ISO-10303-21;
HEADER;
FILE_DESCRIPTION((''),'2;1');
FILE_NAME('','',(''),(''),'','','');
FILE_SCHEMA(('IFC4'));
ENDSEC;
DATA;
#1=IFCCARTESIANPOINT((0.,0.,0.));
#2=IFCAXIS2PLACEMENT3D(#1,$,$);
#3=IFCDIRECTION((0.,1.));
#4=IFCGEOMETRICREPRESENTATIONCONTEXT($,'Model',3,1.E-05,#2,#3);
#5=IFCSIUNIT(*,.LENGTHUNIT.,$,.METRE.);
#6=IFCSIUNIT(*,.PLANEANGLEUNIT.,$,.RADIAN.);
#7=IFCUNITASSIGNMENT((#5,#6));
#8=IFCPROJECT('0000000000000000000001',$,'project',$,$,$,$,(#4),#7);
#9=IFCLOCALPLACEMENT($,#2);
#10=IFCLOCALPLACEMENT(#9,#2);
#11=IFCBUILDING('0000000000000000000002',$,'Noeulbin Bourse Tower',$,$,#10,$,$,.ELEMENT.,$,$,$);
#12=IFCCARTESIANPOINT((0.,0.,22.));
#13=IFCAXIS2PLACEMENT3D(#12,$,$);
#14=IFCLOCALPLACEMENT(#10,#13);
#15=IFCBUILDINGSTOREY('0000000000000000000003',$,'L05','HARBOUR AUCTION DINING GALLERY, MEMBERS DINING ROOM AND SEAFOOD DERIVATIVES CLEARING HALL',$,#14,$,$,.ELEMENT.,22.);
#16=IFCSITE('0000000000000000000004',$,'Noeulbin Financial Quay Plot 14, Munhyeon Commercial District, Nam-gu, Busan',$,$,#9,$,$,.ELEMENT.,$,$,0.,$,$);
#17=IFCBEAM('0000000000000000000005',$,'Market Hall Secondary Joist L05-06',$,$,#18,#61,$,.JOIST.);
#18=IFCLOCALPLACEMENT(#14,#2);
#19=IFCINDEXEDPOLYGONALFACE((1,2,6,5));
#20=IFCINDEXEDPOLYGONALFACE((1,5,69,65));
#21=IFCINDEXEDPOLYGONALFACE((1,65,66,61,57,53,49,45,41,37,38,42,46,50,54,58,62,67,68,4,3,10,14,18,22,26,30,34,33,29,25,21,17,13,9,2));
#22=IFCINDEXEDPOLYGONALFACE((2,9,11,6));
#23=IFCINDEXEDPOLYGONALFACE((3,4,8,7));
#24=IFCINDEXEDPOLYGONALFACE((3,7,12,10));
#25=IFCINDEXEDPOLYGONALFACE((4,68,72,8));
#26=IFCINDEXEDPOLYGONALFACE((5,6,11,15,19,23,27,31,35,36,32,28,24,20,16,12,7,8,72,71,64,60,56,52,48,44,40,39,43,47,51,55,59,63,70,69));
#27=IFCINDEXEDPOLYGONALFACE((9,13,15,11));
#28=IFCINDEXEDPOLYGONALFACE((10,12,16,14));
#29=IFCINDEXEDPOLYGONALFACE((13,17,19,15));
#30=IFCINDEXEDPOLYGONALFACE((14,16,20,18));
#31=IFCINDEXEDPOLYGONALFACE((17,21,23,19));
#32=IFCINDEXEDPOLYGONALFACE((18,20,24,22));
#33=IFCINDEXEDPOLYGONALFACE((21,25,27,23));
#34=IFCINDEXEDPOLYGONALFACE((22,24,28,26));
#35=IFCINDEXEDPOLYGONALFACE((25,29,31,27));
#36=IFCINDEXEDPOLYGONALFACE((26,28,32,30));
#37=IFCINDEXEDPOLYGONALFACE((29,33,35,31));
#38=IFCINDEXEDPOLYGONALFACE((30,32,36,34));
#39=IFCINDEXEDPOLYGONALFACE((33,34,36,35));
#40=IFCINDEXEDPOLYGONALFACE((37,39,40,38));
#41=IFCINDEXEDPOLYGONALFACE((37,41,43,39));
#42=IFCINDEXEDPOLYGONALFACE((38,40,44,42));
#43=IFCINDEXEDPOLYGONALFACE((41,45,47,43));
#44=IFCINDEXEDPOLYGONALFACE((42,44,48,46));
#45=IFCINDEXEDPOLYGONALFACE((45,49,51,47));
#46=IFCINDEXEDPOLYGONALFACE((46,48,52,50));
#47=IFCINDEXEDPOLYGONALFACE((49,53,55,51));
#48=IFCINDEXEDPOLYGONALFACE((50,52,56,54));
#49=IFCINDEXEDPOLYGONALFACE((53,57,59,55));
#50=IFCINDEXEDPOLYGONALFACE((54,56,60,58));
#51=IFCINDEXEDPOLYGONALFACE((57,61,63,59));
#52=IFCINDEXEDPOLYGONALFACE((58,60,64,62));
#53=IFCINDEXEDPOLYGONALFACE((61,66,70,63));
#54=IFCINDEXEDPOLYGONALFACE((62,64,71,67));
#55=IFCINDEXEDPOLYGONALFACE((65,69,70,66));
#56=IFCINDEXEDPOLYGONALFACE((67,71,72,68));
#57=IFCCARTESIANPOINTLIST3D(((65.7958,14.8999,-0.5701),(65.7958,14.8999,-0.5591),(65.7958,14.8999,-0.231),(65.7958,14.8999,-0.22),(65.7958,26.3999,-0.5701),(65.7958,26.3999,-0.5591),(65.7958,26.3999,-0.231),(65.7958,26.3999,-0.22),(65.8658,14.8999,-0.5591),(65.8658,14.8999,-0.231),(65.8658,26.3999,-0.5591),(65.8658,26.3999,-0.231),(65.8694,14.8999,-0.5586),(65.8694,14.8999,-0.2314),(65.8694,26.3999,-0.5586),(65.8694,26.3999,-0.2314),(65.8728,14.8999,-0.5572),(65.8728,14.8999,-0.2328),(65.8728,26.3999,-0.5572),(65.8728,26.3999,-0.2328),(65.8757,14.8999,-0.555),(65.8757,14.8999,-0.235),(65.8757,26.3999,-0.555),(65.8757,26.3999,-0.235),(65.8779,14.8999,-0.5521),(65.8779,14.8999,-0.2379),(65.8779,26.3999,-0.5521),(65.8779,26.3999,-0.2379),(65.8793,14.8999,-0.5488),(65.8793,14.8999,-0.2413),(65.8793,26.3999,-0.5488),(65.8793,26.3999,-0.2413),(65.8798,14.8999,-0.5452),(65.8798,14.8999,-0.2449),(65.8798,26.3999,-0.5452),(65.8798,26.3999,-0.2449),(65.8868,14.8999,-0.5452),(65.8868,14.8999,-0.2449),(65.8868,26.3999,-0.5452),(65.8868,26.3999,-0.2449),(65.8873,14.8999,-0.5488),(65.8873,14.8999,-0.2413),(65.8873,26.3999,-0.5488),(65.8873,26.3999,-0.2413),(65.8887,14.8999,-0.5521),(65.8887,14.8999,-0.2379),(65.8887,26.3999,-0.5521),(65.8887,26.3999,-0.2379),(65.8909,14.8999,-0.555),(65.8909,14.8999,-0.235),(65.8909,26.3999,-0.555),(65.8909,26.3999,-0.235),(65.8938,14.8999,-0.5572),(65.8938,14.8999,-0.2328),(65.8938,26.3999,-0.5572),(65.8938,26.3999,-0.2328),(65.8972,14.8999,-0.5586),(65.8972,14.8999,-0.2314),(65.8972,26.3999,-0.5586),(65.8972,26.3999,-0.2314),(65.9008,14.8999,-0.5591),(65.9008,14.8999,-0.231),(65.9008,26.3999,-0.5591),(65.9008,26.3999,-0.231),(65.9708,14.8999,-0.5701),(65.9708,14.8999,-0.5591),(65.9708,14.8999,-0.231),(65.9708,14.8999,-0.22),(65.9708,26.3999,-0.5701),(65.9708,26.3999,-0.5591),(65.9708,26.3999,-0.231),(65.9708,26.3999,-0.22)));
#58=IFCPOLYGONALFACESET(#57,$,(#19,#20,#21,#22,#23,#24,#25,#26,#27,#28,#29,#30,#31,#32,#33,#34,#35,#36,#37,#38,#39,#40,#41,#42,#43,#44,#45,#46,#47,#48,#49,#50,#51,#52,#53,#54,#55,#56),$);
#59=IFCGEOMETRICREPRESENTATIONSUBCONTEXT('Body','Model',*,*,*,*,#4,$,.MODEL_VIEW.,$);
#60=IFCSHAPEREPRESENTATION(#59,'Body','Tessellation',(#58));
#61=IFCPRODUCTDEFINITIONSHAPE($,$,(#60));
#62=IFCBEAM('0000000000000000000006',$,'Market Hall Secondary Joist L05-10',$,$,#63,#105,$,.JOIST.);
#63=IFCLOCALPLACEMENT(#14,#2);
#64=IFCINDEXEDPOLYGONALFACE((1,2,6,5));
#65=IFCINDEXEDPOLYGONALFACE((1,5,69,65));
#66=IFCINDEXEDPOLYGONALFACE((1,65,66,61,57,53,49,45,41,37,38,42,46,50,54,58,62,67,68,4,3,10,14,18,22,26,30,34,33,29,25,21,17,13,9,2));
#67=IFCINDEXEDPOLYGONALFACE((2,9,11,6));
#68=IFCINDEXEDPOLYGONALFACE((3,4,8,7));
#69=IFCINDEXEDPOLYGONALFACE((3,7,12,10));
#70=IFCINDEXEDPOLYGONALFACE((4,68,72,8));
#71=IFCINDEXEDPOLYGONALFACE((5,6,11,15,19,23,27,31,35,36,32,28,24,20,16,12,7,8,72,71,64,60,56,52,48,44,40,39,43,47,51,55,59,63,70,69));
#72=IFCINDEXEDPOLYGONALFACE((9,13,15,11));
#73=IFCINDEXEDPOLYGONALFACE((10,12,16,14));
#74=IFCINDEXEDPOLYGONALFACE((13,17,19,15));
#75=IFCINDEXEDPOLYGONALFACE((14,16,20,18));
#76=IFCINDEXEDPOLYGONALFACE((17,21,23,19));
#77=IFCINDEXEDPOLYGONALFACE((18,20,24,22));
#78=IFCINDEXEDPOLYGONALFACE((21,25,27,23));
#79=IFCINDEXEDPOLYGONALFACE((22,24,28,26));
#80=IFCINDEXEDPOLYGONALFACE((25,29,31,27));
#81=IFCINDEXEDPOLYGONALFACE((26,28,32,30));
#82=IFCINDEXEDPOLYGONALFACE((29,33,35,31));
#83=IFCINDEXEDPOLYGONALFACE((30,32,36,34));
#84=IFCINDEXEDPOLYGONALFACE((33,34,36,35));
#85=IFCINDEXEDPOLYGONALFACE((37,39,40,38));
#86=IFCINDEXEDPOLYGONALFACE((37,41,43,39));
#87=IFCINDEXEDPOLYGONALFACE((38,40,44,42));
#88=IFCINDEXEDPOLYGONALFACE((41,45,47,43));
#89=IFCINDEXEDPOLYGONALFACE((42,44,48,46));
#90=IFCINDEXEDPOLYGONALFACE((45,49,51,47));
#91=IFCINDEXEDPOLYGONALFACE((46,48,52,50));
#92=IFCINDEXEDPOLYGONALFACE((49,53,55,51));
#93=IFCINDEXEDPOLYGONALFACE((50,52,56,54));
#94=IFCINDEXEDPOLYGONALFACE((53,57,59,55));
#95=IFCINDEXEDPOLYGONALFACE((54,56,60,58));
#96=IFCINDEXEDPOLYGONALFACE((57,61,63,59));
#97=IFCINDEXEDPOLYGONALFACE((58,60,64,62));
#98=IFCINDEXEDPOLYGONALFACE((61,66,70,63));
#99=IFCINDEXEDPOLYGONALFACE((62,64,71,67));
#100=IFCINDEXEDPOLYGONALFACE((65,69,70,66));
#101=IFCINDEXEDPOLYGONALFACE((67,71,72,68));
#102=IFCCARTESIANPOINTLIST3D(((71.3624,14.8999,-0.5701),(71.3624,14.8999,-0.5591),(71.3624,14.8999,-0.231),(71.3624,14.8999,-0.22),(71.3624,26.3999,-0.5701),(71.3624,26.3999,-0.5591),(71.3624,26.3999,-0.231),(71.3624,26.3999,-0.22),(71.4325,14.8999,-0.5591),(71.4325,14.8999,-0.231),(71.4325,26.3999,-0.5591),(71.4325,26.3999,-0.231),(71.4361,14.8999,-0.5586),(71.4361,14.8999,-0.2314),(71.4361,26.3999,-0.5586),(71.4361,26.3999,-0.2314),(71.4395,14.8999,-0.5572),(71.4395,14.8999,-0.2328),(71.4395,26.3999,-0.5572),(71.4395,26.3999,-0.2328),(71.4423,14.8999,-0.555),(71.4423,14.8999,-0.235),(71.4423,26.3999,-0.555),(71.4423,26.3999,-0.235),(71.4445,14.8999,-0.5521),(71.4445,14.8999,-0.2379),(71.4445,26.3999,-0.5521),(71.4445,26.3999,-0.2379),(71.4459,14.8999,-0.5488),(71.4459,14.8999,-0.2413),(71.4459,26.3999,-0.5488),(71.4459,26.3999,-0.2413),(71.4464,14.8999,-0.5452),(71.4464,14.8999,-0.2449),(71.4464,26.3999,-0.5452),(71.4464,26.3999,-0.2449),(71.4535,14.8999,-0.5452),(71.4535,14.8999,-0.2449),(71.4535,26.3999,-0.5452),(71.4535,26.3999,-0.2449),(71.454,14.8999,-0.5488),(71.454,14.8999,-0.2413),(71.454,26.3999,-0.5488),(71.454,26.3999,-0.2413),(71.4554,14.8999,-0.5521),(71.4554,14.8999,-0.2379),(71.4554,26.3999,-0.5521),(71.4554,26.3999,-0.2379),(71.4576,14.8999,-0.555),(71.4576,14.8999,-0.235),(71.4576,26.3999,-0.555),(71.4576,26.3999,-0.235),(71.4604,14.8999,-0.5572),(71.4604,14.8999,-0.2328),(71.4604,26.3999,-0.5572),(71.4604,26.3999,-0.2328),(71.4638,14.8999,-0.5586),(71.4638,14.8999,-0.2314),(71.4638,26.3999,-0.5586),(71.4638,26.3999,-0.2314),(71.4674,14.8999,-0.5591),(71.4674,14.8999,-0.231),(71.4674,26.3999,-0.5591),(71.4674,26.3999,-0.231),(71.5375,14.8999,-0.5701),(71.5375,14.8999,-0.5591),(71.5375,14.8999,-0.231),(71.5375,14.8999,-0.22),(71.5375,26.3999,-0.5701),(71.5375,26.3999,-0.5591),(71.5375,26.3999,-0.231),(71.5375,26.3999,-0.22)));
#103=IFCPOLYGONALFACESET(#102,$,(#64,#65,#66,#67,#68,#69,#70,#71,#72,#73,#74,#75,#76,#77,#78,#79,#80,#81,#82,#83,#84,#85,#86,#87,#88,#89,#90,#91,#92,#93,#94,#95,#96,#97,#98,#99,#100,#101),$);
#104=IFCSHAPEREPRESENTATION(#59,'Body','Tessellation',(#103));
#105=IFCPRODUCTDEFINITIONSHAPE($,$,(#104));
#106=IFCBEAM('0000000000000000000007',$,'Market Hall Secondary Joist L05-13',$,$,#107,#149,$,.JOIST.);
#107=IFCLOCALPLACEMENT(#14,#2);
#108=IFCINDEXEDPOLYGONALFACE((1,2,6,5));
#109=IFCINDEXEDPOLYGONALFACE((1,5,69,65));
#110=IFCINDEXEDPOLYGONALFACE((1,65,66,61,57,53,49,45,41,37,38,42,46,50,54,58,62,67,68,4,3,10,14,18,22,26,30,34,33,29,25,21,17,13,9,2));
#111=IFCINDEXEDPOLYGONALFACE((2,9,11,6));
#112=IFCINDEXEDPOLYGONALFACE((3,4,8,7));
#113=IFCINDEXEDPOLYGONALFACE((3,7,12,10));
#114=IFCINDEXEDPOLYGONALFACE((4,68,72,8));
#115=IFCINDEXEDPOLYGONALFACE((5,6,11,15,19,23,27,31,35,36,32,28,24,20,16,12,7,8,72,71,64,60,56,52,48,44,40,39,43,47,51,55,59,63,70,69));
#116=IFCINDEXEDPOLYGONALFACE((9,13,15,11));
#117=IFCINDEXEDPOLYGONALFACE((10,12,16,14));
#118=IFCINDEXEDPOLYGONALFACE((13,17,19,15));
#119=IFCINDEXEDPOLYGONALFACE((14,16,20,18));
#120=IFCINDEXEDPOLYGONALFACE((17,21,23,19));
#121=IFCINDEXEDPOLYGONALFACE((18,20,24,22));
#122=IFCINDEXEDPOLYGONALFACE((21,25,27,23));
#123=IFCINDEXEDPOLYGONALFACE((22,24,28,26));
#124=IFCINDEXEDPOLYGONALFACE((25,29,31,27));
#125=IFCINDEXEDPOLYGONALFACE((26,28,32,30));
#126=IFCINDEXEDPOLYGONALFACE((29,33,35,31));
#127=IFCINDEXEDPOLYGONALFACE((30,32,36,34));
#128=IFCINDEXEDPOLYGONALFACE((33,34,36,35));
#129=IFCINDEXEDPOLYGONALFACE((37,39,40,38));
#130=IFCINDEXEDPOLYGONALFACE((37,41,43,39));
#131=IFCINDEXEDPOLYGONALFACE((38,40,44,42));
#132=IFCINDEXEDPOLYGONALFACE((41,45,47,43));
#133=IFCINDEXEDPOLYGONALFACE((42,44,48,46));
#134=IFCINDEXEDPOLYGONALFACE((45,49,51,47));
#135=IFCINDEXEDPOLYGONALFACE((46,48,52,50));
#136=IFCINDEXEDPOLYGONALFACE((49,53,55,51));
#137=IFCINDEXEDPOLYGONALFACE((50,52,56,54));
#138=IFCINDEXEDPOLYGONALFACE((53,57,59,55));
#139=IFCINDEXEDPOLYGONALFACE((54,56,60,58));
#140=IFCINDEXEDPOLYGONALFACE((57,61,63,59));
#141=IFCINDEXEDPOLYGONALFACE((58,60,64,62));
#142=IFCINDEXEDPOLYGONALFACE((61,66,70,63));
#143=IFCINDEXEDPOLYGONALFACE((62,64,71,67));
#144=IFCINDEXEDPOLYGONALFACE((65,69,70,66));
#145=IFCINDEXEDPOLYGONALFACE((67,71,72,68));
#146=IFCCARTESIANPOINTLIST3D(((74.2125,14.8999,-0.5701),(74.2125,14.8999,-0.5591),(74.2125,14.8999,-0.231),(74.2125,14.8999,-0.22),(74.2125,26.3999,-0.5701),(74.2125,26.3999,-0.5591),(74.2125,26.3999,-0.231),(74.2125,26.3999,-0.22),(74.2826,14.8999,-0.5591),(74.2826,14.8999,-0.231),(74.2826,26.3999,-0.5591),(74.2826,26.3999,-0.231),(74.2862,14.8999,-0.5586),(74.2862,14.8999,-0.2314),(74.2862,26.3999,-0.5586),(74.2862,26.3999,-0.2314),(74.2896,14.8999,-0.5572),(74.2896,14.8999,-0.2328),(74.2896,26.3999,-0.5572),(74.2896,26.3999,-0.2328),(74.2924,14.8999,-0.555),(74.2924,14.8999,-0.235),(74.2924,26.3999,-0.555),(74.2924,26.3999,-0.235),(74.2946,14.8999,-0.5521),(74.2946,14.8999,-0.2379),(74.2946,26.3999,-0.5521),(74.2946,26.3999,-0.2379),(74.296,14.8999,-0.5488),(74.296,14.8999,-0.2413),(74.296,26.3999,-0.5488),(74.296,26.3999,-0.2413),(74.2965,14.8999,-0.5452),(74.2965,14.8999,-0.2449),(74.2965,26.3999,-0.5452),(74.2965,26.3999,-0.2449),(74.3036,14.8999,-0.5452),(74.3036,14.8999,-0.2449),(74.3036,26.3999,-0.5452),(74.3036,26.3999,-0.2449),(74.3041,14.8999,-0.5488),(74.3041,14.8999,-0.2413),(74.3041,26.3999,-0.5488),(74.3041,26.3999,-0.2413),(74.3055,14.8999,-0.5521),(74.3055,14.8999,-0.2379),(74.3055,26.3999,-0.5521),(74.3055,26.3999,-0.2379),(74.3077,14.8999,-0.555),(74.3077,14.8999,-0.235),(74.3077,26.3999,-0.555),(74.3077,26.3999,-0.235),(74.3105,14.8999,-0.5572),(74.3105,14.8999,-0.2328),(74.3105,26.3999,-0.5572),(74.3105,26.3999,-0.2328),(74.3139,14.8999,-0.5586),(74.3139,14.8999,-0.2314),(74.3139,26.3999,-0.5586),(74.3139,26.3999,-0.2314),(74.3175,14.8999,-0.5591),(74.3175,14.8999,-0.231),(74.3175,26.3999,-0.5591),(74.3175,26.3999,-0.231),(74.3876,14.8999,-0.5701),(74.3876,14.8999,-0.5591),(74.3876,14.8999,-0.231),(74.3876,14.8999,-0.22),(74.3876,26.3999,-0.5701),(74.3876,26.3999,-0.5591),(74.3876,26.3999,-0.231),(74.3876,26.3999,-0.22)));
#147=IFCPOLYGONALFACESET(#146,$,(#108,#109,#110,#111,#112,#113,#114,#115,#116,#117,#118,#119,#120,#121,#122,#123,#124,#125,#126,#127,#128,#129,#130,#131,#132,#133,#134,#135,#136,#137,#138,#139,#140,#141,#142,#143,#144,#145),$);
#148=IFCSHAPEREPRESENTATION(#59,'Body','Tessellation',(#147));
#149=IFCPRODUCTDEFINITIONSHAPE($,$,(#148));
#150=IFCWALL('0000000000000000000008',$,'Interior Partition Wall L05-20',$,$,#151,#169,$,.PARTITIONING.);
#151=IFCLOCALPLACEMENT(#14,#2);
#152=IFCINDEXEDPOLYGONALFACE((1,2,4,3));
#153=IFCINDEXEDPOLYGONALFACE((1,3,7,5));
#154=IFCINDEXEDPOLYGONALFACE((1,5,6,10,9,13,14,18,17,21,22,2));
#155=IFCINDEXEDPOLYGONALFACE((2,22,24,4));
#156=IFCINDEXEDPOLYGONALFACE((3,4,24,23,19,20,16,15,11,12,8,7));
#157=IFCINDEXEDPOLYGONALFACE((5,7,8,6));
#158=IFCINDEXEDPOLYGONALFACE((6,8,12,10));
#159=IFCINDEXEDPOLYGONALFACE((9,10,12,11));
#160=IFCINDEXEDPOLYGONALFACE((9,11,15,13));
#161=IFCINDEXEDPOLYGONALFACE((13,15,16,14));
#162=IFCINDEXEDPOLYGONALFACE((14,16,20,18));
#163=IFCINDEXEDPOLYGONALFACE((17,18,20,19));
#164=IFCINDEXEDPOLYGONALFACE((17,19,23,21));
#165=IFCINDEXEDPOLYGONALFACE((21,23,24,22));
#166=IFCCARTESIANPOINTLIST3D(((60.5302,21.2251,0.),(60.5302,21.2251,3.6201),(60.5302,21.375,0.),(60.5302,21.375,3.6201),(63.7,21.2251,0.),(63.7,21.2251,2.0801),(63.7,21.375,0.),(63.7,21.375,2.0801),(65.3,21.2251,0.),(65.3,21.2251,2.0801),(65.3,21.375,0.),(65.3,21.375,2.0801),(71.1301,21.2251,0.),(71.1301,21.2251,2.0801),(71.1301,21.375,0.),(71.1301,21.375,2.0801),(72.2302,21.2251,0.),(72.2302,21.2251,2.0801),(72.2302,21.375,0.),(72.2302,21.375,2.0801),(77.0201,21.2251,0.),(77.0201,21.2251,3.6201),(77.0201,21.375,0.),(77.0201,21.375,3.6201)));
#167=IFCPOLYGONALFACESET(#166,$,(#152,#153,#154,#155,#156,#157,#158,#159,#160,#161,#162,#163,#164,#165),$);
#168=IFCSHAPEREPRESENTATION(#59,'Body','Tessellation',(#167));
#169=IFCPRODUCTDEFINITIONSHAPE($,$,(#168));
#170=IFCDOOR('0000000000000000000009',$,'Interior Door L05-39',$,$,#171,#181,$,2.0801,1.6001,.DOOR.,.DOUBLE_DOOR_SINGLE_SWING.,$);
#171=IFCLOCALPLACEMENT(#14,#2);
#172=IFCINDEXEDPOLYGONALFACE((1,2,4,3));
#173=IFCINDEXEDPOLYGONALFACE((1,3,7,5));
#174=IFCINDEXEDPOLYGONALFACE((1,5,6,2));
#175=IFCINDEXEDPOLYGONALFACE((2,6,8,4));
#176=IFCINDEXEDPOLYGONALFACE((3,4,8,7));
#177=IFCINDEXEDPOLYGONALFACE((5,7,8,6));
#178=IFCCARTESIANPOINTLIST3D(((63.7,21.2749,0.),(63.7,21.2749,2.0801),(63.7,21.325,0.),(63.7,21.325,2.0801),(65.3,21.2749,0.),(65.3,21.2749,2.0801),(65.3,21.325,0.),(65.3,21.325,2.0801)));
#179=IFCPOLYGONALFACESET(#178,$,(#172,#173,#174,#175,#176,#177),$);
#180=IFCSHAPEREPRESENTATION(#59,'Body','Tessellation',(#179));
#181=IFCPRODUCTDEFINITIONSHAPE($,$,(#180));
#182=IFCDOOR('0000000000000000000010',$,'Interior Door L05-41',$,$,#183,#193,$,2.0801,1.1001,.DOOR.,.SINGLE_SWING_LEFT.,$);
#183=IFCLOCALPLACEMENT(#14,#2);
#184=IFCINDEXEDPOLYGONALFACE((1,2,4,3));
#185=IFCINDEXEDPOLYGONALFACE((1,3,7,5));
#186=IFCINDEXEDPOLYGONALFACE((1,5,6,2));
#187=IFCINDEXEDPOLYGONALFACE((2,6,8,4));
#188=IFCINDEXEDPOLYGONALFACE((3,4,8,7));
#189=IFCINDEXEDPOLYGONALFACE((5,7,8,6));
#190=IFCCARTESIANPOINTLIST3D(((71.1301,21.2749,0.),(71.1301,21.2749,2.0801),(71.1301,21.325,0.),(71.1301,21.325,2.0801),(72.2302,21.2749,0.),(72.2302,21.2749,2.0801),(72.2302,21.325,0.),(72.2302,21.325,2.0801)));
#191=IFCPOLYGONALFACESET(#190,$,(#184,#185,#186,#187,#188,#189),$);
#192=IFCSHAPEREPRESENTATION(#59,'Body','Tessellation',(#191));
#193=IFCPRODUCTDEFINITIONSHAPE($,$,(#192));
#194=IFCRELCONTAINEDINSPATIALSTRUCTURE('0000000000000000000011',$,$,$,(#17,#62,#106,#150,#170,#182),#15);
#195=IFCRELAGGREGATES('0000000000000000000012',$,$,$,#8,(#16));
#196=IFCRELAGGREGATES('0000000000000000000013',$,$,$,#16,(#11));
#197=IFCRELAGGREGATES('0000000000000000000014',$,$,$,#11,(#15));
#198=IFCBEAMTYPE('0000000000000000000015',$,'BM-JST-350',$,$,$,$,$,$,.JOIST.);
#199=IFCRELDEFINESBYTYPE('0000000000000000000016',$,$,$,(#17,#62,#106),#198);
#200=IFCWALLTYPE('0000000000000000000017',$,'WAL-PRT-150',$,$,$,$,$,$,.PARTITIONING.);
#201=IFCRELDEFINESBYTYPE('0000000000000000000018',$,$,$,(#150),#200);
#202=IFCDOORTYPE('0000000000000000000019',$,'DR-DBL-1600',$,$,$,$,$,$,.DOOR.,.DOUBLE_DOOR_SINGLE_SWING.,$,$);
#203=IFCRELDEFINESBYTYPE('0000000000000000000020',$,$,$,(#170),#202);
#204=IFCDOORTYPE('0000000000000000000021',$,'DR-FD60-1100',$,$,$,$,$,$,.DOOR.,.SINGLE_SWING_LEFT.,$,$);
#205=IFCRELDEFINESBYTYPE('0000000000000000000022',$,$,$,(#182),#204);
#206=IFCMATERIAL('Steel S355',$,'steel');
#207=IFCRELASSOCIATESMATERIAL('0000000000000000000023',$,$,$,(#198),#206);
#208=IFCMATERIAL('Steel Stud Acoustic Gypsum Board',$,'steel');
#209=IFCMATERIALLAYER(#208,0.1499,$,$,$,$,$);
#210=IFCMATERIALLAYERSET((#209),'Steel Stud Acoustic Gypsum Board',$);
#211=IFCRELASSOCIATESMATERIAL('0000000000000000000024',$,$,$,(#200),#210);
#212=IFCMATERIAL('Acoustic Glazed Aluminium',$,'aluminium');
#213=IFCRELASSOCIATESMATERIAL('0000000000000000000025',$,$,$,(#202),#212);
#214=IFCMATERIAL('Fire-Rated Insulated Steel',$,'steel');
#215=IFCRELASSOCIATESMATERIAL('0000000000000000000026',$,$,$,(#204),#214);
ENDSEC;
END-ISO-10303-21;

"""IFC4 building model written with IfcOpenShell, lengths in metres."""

from ifc_helpers import new_model, si_unit, direction, frame, frame_2d, origin, origin_2d, place, context, subcontext, project, spatial, rectangle, i_section, extrude, material, layer, layer_set, material_profile, profile_set, type_object, element, fill, save


model = new_model("IFC4")

# Units and contexts
model_context = context("Model", 3, precision=1e-05, world=origin(), true_north=direction((0.0, 1.0)))
body_context = subcontext(model_context, "Body", "Model", "MODEL_VIEW")
ifc_project = project(units=[si_unit("LENGTHUNIT", "METRE"), si_unit("PLANEANGLEUNIT", "RADIAN")], contexts=[model_context])

# Site, building, storey
site_placement = place(None, origin())
site = spatial("IfcSite", under=ifc_project, at=site_placement, Name="Noeulbin Financial Quay Plot 14, Munhyeon Commercial District, Nam-gu, Busan", CompositionType="ELEMENT", RefElevation=0.0)
building_placement = place(site_placement, origin())
building = spatial("IfcBuilding", under=site, at=building_placement, Name="Noeulbin Bourse Tower", CompositionType="ELEMENT")
storey_placement = place(building_placement, frame((0.0, 0.0, 22.0)))
storey = spatial("IfcBuildingStorey", under=building, at=storey_placement, Name="L05", Description="HARBOUR AUCTION DINING GALLERY, MEMBERS DINING ROOM AND SEAFOOD DERIVATIVES CLEARING HALL", CompositionType="ELEMENT", Elevation=22.0)

# Shared definitions
ifc_material_1 = material(Name="Steel S355", Category="steel")

# Beams
ifc_material_profile_1 = material_profile(ifc_material_1, i_section(OverallWidth=0.175, OverallDepth=0.3501, WebThickness=0.0071, FlangeThickness=0.011, FilletRadius=0.0139, at=origin_2d()), Name="H-350x175x7x11", Category="LoadBearing")
ifc_profile_set_1 = profile_set([ifc_material_profile_1], Name="Steel S355")
beam_type_1 = type_object("IfcBeamType", Name="BM-JST-350", PredefinedType="JOIST", material=ifc_profile_set_1)
for number, where, z_axis, x_axis, name in (
    (1, (65.8833, 14.8999, -0.395), (0.0, 1.0, 0.0), (-1.0, 0.0, 0.0), "Market Hall Secondary Joist L05-06"),
    (2, (71.45, 14.8999, -0.395), (0.0, 1.0, 0.0), (-1.0, 0.0, 0.0), "Market Hall Secondary Joist L05-10"),
    (3, (74.3, 14.8999, -0.395), (0.0, 1.0, 0.0), (-1.0, 0.0, 0.0), "Market Hall Secondary Joist L05-13"),
):
    element("IfcBeam", number, at=place(storey_placement, frame(where, z_axis=z_axis, x_axis=x_axis)), inside=storey, type_object=beam_type_1, Name=name, PredefinedType="JOIST", context=body_context, shape_type="SweptSolid", body=[
        extrude(i_section(OverallWidth=0.175, OverallDepth=0.3501, WebThickness=0.0071, FlangeThickness=0.011, FilletRadius=0.0139, at=origin_2d()), origin(), (0.0, 0.0, 1.0), 11.5),
    ])

# Wall, openings, doors
ifc_material_2 = material(Name="Steel Stud Acoustic Gypsum Board", Category="steel")
ifc_layer_1 = layer(ifc_material_2, 0.1499)
ifc_layer_set_1 = layer_set([ifc_layer_1], Name="Steel Stud Acoustic Gypsum Board")
wall_type = type_object("IfcWallType", Name="WAL-PRT-150", PredefinedType="PARTITIONING", material=ifc_layer_set_1)
wall_1_placement = place(storey_placement, frame((60.53, 21.3, 0.0), z_axis=(0.0, 0.0, 1.0), x_axis=(1.0, 0.0, 0.0)))
wall_1 = element("IfcWall", 4, at=wall_1_placement, inside=storey, type_object=wall_type, Name="Interior Partition Wall L05-20", PredefinedType="PARTITIONING", context=body_context, shape_type="SweptSolid", body=[
    extrude(rectangle(XDim=16.49, YDim=0.1499, at=frame_2d((8.2451, 0.0))), origin(), (0.0, 0.0, 1.0), 3.6201),
])
opening_1_placement = place(wall_1_placement, frame((3.1699, 0.0, 0.0)))
opening_1 = element("IfcOpeningElement", 5, at=opening_1_placement, cuts=wall_1, PredefinedType="OPENING", context=body_context, shape_type="SweptSolid", body=[
    extrude(rectangle(XDim=1.6001, YDim=2.0801, at=frame_2d((0.8, 1.04))), frame((0.0, 0.085, 0.0), z_axis=(0.0, -1.0, 0.0), x_axis=(1.0, 0.0, 0.0)), (0.0, 0.0, 1.0), 0.1699),
])
opening_2_placement = place(wall_1_placement, frame((10.6001, 0.0, 0.0)))
opening_2 = element("IfcOpeningElement", 6, at=opening_2_placement, cuts=wall_1, PredefinedType="OPENING", context=body_context, shape_type="SweptSolid", body=[
    extrude(rectangle(XDim=1.1001, YDim=2.0801, at=frame_2d((0.55, 1.04))), frame((0.0, 0.085, 0.0), z_axis=(0.0, -1.0, 0.0), x_axis=(1.0, 0.0, 0.0)), (0.0, 0.0, 1.0), 0.1699),
])
ifc_material_3 = material(Name="Acoustic Glazed Aluminium", Category="aluminium")
door_type_1 = type_object("IfcDoorType", Name="DR-DBL-1600", OperationType="DOUBLE_DOOR_SINGLE_SWING", PredefinedType="DOOR", material=ifc_material_3)
door_1_placement = place(opening_1_placement, origin())
door_1 = element("IfcDoor", 7, at=door_1_placement, inside=storey, type_object=door_type_1, Name="Interior Door L05-39", OperationType="DOUBLE_DOOR_SINGLE_SWING", OverallHeight=2.0801, OverallWidth=1.6001, PredefinedType="DOOR", context=body_context, shape_type="SweptSolid", body=[
    extrude(rectangle(XDim=1.6001, YDim=2.0801, at=frame_2d((0.8, 1.04))), frame((0.0, 0.0249, 0.0), z_axis=(0.0, -1.0, 0.0), x_axis=(1.0, 0.0, 0.0)), (0.0, 0.0, 1.0), 0.05),
])
fill(opening_1, door_1)
ifc_material_4 = material(Name="Fire-Rated Insulated Steel", Category="steel")
door_type_2 = type_object("IfcDoorType", Name="DR-FD60-1100", OperationType="SINGLE_SWING_LEFT", PredefinedType="DOOR", material=ifc_material_4)
door_2_placement = place(opening_2_placement, origin())
door_2 = element("IfcDoor", 8, at=door_2_placement, inside=storey, type_object=door_type_2, Name="Interior Door L05-41", OperationType="SINGLE_SWING_LEFT", OverallHeight=2.0801, OverallWidth=1.1001, PredefinedType="DOOR", context=body_context, shape_type="SweptSolid", body=[
    extrude(rectangle(XDim=1.1001, YDim=2.0801, at=frame_2d((0.55, 1.04))), frame((0.0, 0.0249, 0.0), z_axis=(0.0, -1.0, 0.0), x_axis=(1.0, 0.0, 0.0)), (0.0, 0.0, 1.0), 0.05),
])
fill(opening_2, door_2)

save(model, "model.ifc")
